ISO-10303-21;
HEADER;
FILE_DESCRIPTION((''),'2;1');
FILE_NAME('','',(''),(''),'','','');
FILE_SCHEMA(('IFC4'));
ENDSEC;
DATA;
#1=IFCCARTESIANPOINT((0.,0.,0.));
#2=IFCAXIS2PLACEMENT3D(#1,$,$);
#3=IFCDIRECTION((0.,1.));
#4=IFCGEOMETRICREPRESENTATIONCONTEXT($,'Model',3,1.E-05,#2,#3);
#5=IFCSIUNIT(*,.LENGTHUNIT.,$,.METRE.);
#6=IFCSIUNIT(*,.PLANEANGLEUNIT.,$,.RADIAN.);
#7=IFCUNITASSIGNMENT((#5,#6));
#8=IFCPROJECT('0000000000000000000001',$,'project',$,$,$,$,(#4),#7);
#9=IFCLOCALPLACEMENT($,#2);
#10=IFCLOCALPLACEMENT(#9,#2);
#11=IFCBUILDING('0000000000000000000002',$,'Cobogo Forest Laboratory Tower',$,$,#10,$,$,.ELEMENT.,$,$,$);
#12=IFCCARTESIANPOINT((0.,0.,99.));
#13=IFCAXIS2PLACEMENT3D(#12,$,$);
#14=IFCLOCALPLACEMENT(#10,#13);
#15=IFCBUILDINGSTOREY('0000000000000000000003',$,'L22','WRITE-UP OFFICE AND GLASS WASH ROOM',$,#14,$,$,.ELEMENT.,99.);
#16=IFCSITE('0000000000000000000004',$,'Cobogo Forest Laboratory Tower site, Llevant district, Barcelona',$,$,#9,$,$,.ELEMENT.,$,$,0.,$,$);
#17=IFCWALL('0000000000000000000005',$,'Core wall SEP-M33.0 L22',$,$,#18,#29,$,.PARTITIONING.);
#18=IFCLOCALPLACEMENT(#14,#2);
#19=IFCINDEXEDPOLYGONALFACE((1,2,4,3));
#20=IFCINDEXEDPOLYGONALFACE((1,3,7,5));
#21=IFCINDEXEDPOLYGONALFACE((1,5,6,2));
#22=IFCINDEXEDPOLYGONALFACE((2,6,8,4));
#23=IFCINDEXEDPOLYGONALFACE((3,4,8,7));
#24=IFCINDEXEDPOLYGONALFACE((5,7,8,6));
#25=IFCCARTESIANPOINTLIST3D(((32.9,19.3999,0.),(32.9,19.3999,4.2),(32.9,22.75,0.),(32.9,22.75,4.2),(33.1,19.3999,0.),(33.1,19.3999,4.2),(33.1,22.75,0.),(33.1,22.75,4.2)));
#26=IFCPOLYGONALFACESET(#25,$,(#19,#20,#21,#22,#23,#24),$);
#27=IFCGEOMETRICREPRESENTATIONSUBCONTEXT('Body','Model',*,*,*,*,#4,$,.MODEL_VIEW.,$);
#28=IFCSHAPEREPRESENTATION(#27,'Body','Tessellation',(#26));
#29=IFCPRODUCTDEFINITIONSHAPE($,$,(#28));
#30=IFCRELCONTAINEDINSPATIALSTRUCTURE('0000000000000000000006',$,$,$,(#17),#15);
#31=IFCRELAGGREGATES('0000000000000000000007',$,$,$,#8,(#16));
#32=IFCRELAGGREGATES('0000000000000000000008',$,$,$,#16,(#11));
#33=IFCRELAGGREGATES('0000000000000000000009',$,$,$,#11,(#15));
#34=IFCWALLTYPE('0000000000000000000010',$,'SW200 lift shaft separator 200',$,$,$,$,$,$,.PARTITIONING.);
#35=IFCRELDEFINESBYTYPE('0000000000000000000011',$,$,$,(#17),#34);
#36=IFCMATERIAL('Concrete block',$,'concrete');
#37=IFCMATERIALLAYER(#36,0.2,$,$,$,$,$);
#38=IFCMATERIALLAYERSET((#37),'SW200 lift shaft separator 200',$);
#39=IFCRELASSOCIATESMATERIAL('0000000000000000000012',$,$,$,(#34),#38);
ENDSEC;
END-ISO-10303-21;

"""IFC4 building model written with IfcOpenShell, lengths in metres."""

from ifc_helpers import new_model, si_unit, direction, frame, frame_2d, origin, place, context, subcontext, project, spatial, rectangle, extrude, material, layer, layer_set, type_object, element, save


model = new_model("IFC4")

# Units and contexts
model_context = context("Model", 3, precision=1e-05, world=origin(), true_north=direction((0.0, 1.0)))
body_context = subcontext(model_context, "Body", "Model", "MODEL_VIEW")
ifc_project = project(units=[si_unit("LENGTHUNIT", "METRE"), si_unit("PLANEANGLEUNIT", "RADIAN")], contexts=[model_context])

# Site, building, storey
site_placement = place(None, origin())
site = spatial("IfcSite", under=ifc_project, at=site_placement, Name="Cobogo Forest Laboratory Tower site, Llevant district, Barcelona", CompositionType="ELEMENT", RefElevation=0.0)
building_placement = place(site_placement, origin())
building = spatial("IfcBuilding", under=site, at=building_placement, Name="Cobogo Forest Laboratory Tower", CompositionType="ELEMENT")
storey_placement = place(building_placement, frame((0.0, 0.0, 99.0)))
storey = spatial("IfcBuildingStorey", under=building, at=storey_placement, Name="L22", Description="WRITE-UP OFFICE AND GLASS WASH ROOM", CompositionType="ELEMENT", Elevation=99.0)

# Wall
ifc_material_1 = material(Name="Concrete block", Category="concrete")
ifc_layer_1 = layer(ifc_material_1, 0.2)
ifc_layer_set_1 = layer_set([ifc_layer_1], Name="SW200 lift shaft separator 200")
wall_type_1 = type_object("IfcWallType", Name="SW200 lift shaft separator 200", PredefinedType="PARTITIONING", material=ifc_layer_set_1)
wall_1_placement = place(storey_placement, frame((33.0, 19.3999, 0.0), z_axis=(0.0, 0.0, 1.0), x_axis=(0.0, 1.0, 0.0)))
element("IfcWall", 1, at=wall_1_placement, inside=storey, type_object=wall_type_1, Name="Core wall SEP-M33.0 L22", PredefinedType="PARTITIONING", context=body_context, shape_type="SweptSolid", body=[
    extrude(rectangle(XDim=3.3501, YDim=0.2, at=frame_2d((1.675, 0.0))), origin(), (0.0, 0.0, 1.0), 4.2),
])

save(model, "model.ifc")
